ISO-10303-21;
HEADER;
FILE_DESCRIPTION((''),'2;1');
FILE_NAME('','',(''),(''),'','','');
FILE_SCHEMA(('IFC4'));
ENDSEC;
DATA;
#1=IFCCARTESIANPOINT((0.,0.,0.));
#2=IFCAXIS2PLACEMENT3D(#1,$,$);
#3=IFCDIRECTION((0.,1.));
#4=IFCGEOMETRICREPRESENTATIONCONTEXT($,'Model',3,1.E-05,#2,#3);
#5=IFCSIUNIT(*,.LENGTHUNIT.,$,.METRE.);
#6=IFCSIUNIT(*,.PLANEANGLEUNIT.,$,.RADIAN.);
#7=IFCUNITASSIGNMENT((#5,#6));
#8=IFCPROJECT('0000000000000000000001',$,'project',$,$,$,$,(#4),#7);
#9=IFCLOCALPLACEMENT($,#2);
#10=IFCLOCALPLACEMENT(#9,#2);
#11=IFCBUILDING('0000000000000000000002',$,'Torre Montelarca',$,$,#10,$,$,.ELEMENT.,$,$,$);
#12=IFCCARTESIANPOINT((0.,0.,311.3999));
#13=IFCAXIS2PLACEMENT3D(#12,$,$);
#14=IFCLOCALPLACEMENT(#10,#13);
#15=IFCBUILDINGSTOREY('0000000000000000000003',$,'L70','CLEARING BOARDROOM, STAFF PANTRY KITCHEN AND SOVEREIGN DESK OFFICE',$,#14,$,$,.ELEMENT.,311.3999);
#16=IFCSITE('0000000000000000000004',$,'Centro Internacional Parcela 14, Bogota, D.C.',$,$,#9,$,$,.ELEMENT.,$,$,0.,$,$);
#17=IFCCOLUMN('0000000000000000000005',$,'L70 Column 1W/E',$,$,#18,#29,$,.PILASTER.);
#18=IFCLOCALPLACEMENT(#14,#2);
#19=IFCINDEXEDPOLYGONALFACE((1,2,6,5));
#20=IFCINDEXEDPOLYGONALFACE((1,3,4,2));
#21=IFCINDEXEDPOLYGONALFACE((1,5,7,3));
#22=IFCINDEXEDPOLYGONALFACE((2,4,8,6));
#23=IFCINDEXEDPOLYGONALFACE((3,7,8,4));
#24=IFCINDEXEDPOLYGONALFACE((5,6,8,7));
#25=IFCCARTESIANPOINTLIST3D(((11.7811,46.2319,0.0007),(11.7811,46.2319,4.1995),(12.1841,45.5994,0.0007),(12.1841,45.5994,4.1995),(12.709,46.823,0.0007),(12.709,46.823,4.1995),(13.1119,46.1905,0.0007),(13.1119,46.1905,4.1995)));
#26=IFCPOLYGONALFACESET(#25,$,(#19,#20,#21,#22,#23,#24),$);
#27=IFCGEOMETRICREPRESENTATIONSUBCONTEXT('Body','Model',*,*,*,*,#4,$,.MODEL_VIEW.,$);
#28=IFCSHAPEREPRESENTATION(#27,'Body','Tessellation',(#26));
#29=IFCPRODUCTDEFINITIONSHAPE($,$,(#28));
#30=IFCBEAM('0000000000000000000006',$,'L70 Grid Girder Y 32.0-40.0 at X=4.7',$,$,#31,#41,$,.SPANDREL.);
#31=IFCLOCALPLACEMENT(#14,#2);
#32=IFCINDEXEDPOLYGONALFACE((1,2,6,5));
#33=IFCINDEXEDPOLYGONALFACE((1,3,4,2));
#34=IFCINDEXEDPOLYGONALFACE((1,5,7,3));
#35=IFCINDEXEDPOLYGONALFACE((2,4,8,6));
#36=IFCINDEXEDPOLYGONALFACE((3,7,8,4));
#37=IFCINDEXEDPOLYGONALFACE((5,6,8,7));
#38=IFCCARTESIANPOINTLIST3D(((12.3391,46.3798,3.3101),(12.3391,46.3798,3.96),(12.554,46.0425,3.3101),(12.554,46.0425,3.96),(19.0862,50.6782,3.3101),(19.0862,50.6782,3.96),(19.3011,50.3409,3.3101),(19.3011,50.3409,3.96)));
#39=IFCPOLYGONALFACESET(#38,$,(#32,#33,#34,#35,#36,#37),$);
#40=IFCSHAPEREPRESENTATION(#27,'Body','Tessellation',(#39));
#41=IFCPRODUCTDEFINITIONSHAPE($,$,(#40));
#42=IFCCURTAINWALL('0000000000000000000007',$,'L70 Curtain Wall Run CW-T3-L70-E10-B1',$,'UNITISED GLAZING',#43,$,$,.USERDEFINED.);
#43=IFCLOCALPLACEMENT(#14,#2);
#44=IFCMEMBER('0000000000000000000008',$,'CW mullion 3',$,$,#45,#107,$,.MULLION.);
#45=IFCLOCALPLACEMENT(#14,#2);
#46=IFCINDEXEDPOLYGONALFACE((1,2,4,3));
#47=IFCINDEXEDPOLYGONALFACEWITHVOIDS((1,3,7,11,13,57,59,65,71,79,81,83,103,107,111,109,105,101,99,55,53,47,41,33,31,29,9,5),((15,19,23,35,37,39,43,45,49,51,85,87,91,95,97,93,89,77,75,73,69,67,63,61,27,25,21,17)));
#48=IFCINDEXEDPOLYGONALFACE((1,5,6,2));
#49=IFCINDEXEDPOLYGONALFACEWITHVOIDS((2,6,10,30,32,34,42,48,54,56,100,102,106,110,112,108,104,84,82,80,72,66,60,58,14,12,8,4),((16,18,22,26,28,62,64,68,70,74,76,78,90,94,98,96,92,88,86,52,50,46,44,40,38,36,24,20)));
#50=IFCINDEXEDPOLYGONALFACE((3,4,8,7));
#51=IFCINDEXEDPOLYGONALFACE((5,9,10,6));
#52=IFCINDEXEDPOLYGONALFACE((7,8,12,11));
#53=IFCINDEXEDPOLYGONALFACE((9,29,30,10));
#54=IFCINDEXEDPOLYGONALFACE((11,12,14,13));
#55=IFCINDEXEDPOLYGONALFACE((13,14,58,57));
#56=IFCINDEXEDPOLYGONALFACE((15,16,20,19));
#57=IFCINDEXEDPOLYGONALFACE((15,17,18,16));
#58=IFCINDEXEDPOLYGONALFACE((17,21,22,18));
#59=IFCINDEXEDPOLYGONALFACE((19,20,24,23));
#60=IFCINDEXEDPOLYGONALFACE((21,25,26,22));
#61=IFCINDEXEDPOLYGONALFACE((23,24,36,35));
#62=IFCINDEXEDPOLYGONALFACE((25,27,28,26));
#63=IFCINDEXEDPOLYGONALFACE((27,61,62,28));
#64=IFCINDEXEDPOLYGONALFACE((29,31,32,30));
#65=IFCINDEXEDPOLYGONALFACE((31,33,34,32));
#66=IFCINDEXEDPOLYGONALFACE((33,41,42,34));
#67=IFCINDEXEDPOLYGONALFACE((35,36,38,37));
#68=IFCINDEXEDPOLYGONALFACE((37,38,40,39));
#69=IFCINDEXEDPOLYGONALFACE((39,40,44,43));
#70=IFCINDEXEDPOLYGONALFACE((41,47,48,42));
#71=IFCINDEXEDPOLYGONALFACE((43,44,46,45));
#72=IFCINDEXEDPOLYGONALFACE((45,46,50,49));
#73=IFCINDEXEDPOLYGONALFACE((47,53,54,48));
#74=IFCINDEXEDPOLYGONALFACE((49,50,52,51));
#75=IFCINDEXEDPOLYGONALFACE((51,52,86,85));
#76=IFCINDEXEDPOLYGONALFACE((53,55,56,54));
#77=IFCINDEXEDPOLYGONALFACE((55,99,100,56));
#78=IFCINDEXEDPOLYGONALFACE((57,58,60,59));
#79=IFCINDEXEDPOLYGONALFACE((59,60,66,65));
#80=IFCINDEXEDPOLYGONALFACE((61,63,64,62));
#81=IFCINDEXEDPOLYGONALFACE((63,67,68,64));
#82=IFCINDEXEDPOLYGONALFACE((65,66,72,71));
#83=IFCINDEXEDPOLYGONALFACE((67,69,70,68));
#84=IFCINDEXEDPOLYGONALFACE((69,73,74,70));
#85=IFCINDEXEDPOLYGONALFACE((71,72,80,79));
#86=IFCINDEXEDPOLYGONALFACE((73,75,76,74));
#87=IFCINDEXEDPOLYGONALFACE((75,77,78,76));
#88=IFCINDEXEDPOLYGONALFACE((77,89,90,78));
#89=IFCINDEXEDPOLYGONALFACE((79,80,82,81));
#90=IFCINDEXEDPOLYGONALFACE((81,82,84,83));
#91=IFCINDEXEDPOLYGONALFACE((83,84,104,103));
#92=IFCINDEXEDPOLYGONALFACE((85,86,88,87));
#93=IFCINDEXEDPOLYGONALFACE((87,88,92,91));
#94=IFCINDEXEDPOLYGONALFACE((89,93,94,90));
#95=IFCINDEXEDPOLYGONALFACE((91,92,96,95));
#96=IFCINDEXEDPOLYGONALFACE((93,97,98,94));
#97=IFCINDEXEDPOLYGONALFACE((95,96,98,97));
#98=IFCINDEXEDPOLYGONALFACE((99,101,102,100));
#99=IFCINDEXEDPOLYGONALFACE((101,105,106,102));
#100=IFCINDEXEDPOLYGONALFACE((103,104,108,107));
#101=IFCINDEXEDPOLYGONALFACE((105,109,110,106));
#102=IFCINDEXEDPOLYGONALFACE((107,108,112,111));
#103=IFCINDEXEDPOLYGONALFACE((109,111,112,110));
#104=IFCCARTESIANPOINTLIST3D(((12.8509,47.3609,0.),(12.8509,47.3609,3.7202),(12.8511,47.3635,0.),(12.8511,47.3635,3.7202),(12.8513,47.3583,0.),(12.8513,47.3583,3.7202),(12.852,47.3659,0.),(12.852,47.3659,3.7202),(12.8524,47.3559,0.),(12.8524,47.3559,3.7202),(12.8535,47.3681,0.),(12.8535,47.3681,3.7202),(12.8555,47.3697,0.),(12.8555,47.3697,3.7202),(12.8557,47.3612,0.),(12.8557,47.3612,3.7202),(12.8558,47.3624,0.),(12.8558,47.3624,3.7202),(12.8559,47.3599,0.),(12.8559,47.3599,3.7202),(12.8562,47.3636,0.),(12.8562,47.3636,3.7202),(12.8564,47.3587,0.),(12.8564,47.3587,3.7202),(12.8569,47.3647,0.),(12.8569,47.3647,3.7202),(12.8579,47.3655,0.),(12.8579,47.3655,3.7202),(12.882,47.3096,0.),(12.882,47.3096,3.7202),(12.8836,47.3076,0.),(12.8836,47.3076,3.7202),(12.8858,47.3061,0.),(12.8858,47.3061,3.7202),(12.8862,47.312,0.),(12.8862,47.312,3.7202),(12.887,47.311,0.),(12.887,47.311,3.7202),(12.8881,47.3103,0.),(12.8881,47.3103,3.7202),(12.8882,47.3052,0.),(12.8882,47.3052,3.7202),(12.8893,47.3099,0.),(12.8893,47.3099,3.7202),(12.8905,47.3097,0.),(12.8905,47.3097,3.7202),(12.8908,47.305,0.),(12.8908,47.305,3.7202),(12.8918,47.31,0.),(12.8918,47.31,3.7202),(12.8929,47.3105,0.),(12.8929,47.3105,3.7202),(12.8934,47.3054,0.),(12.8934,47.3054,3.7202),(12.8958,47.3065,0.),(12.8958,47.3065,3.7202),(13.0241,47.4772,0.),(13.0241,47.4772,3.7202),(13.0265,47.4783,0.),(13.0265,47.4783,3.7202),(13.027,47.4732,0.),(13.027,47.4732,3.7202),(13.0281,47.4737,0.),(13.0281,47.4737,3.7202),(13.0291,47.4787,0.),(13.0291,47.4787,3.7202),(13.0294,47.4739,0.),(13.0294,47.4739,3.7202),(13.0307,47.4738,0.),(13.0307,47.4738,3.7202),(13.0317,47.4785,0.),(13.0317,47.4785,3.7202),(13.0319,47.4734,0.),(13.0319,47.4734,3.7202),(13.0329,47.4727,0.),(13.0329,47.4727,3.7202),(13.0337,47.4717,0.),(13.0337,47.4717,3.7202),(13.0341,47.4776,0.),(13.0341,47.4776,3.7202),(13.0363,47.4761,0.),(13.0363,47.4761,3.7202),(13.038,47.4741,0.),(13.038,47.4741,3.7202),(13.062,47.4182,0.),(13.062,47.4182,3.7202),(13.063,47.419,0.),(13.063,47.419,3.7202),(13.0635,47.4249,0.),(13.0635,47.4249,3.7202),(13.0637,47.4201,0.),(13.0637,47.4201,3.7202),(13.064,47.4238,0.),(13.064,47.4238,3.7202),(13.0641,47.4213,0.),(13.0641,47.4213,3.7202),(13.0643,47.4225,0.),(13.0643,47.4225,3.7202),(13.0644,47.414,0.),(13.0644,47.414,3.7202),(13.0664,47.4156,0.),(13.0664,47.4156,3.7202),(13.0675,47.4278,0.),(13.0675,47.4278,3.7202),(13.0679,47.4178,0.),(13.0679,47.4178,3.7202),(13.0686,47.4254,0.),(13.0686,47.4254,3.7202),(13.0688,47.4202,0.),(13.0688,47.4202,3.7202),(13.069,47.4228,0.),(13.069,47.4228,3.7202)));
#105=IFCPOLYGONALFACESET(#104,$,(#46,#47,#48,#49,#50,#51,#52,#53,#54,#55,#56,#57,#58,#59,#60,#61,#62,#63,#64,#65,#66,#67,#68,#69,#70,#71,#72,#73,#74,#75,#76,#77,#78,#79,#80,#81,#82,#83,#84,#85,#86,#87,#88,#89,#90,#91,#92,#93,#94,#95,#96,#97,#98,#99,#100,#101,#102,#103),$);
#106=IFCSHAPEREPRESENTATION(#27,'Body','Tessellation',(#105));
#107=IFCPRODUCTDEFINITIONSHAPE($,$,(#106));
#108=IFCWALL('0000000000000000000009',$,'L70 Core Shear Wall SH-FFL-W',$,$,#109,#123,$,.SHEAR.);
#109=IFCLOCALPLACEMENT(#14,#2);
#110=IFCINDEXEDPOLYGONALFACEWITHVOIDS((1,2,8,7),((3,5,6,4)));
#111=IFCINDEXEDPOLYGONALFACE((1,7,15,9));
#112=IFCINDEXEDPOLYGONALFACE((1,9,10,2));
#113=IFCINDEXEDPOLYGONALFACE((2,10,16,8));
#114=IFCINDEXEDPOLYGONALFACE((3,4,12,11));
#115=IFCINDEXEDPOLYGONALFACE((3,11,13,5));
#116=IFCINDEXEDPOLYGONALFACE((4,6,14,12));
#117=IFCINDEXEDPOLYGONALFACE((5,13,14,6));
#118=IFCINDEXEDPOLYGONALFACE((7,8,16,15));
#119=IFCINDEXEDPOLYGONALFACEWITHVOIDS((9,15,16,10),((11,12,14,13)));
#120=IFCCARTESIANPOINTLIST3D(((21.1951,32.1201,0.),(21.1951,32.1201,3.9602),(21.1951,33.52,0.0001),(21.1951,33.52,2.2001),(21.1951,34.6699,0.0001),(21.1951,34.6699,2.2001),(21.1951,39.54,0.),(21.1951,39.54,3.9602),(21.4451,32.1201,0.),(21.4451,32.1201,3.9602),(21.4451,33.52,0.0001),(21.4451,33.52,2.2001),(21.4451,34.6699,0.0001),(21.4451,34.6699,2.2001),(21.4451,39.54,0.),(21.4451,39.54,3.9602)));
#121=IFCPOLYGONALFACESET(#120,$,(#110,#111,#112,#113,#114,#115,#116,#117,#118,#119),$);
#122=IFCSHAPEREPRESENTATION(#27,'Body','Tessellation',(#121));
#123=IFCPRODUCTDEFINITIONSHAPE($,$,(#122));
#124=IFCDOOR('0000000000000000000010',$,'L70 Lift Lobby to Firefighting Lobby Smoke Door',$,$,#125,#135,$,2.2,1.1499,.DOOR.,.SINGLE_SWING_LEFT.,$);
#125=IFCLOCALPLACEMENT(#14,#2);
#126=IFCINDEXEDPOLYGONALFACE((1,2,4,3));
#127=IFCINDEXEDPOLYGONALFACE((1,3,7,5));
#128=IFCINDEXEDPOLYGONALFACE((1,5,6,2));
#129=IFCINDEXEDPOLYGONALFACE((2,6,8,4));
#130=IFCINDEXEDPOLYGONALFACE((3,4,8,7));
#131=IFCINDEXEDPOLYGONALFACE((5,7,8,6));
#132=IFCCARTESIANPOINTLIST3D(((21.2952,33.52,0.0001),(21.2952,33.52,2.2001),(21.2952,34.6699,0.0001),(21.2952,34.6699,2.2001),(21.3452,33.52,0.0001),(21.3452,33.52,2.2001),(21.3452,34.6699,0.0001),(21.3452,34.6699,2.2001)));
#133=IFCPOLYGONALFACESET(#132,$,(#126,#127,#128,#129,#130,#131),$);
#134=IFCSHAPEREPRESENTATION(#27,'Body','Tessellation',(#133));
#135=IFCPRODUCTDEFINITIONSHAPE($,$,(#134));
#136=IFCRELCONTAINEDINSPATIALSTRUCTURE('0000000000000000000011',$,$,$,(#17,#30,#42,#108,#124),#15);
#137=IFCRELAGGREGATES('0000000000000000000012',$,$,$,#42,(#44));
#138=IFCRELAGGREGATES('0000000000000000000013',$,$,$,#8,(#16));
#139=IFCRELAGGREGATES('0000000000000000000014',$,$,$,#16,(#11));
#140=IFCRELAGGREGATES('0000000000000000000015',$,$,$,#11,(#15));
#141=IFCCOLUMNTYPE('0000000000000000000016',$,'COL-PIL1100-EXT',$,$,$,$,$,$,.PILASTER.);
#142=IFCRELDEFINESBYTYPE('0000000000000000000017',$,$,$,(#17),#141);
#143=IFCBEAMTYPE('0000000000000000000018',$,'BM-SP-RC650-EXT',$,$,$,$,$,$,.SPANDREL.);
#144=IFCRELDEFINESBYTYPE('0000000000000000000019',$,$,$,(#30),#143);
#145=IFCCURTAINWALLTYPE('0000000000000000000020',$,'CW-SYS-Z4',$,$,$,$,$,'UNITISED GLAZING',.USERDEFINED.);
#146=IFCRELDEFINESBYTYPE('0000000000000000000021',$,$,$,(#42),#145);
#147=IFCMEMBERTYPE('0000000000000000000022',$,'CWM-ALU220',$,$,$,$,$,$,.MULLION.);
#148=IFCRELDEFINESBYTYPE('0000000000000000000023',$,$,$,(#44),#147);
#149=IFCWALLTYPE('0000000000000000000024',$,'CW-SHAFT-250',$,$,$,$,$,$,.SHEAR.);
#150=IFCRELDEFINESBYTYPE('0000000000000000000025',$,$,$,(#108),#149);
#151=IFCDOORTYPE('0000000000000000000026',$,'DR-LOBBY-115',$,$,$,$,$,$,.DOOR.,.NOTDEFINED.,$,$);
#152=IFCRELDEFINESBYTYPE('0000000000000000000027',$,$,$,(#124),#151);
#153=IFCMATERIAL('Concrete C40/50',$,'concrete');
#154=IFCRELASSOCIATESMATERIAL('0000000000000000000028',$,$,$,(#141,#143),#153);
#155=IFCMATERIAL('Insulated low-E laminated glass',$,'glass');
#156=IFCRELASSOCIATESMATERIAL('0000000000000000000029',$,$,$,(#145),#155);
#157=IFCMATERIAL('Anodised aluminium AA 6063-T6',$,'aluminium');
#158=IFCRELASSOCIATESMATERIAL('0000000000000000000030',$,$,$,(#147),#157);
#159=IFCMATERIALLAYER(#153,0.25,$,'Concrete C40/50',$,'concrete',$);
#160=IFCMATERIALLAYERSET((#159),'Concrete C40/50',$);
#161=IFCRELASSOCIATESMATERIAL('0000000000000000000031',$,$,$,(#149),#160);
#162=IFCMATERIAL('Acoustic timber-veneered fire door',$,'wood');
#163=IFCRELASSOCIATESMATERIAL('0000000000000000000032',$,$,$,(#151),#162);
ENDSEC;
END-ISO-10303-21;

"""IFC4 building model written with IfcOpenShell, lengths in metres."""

from ifc_helpers import new_model, si_unit, direction, frame, frame_2d, origin, origin_2d, place, context, subcontext, project, spatial, rectangle, hollow_rectangle, extrude, source, transform, mapped, material, layer, layer_set, material_profile, profile_set, type_object, element, fill, aggregate, save


model = new_model("IFC4")

# Units and contexts
model_context = context("Model", 3, precision=1e-05, world=origin(), true_north=direction((0.0, 1.0)))
body_context = subcontext(model_context, "Body", "Model", "MODEL_VIEW")
ifc_project = project(units=[si_unit("LENGTHUNIT", "METRE"), si_unit("PLANEANGLEUNIT", "RADIAN")], contexts=[model_context])

# Site, building, storey
site_placement = place(None, origin())
site = spatial("IfcSite", under=ifc_project, at=site_placement, Name="Centro Internacional Parcela 14, Bogota, D.C.", CompositionType="ELEMENT", RefElevation=0.0)
building_placement = place(site_placement, origin())
building = spatial("IfcBuilding", under=site, at=building_placement, Name="Torre Montelarca", CompositionType="ELEMENT")
storey_placement = place(building_placement, frame((0.0, 0.0, 311.3999)))
storey = spatial("IfcBuildingStorey", under=building, at=storey_placement, Name="L70", Description="CLEARING BOARDROOM, STAFF PANTRY KITCHEN AND SOVEREIGN DESK OFFICE", CompositionType="ELEMENT", Elevation=311.3999)

# Column
ifc_material_1 = material(Name="Concrete C40/50", Category="concrete")
ifc_material_profile_1 = material_profile(ifc_material_1, rectangle(XDim=0.75, YDim=1.1001, at=origin_2d()), Name="RC1100X750", Category="concrete")
ifc_profile_set_1 = profile_set([ifc_material_profile_1], Name="Concrete C40/50")
column_type = type_object("IfcColumnType", Name="COL-PIL1100-EXT", PredefinedType="PILASTER", material=ifc_profile_set_1)
shared_shape_1 = source(origin(), body_context, "Body", "SweptSolid", [
    extrude(rectangle(XDim=0.75, YDim=1.1001, at=origin_2d()), origin(), (0.0, 0.0, 1.0), 4.1987),
])
column_placement = place(storey_placement, frame((12.4465, 46.2112, 0.0007), z_axis=(0.0, 0.0, 1.0), x_axis=(-0.5373, 0.843391, 0.0)))
element("IfcColumn", 1, at=column_placement, inside=storey, type_object=column_type, Name="L70 Column 1W/E", PredefinedType="PILASTER", context=body_context, shape_type="MappedRepresentation", body=[
    mapped(shared_shape_1, transform((0.0, 0.0, 0.0), scale=1.0)),
])

# Beam
ifc_material_profile_2 = material_profile(ifc_material_1, rectangle(XDim=0.3999, YDim=0.6499, at=origin_2d()), Name="RCB400X650", Category="concrete")
ifc_profile_set_2 = profile_set([ifc_material_profile_2], Name="Concrete C40/50")
beam_type = type_object("IfcBeamType", Name="BM-SP-RC650-EXT", PredefinedType="SPANDREL", material=ifc_profile_set_2)
shared_shape_2 = source(origin(), body_context, "Body", "SweptSolid", [
    extrude(rectangle(XDim=0.3999, YDim=0.6499, at=origin_2d()), origin(), (0.0, 0.0, 1.0), 8.0),
])
beam_placement = place(storey_placement, frame((12.4465, 46.2112, 3.635), z_axis=(0.843392, 0.537298, 0.0), x_axis=(-0.537298, 0.843392, 0.0)))
element("IfcBeam", 2, at=beam_placement, inside=storey, type_object=beam_type, Name="L70 Grid Girder Y 32.0-40.0 at X=4.7", PredefinedType="SPANDREL", context=body_context, shape_type="MappedRepresentation", body=[
    mapped(shared_shape_2, transform((0.0, 0.0, 0.0), scale=1.0)),
])

# Curtain wall, member
ifc_material_2 = material(Name="Insulated low-E laminated glass", Category="glass")
curtain_wall_type = type_object("IfcCurtainWallType", Name="CW-SYS-Z4", ElementType="UNITISED GLAZING", PredefinedType="USERDEFINED", material=ifc_material_2)
curtain_wall_placement = place(storey_placement, origin())
curtain_wall = element("IfcCurtainWall", 3, at=curtain_wall_placement, inside=storey, type_object=curtain_wall_type, Name="L70 Curtain Wall Run CW-T3-L70-E10-B1", ObjectType="UNITISED GLAZING", PredefinedType="USERDEFINED")
ifc_material_3 = material(Name="Anodised aluminium AA 6063-T6", Category="aluminium")
ifc_material_profile_3 = material_profile(ifc_material_3, hollow_rectangle(XDim=0.075, YDim=0.22, WallThickness=0.0049, InnerFilletRadius=0.0049, OuterFilletRadius=0.01, at=origin_2d()), Name="ALU75X220X5", Category="aluminium")
ifc_profile_set_3 = profile_set([ifc_material_profile_3], Name="Anodised aluminium AA 6063-T6")
member_type = type_object("IfcMemberType", Name="CWM-ALU220", PredefinedType="MULLION", material=ifc_profile_set_3)
shared_shape_3 = source(origin(), body_context, "Body", "SweptSolid", [
    extrude(hollow_rectangle(XDim=0.075, YDim=0.22, WallThickness=0.0049, InnerFilletRadius=0.0049, OuterFilletRadius=0.01, at=origin_2d()), origin(), (0.0, 0.0, 1.0), 3.7202),
])
member_placement = place(storey_placement, frame((12.96, 47.3918, 0.0), z_axis=(0.0, 0.0, 1.0), x_axis=(0.5373, -0.843391, 0.0)))
member = element("IfcMember", 4, at=member_placement, type_object=member_type, Name="CW mullion 3", PredefinedType="MULLION", context=body_context, shape_type="MappedRepresentation", body=[
    mapped(shared_shape_3, transform((0.0, 0.0, 0.0), scale=1.0)),
])
aggregate(curtain_wall, [member])

# Wall, opening, door
ifc_layer_1 = layer(ifc_material_1, 0.25, Name="Concrete C40/50", Category="concrete")
ifc_layer_set_1 = layer_set([ifc_layer_1], Name="Concrete C40/50")
wall_type_1 = type_object("IfcWallType", Name="CW-SHAFT-250", PredefinedType="SHEAR", material=ifc_layer_set_1)
wall_1_placement = place(storey_placement, frame((21.3201, 32.1201, 0.0), z_axis=(0.0, 0.0, 1.0), x_axis=(0.0, 1.0, 0.0)))
wall_1 = element("IfcWall", 5, at=wall_1_placement, inside=storey, type_object=wall_type_1, Name="L70 Core Shear Wall SH-FFL-W", PredefinedType="SHEAR", context=body_context, shape_type="SweptSolid", body=[
    extrude(rectangle(XDim=7.4199, YDim=0.25, at=frame_2d((3.71, 0.0))), origin(), (0.0, 0.0, 1.0), 3.9602),
])
opening_1_placement = place(wall_1_placement, frame((1.3999, 0.0, 0.0)))
opening_1 = element("IfcOpeningElement", 6, at=opening_1_placement, cuts=wall_1, PredefinedType="OPENING", context=body_context, shape_type="SweptSolid", body=[
    extrude(rectangle(XDim=1.1499, YDim=2.2, at=frame_2d((0.575, 1.1001))), frame((0.0, 0.135, 0.0), z_axis=(0.0, -1.0, 0.0), x_axis=(1.0, 0.0, 0.0)), (0.0, 0.0, 1.0), 0.27),
])
ifc_material_4 = material(Name="Acoustic timber-veneered fire door", Category="wood")
door_type_1 = type_object("IfcDoorType", Name="DR-LOBBY-115", OperationType="NOTDEFINED", PredefinedType="DOOR", material=ifc_material_4)
shared_shape_4 = source(origin(), body_context, "Body", "SweptSolid", [
    extrude(rectangle(XDim=1.1499, YDim=2.2, at=frame_2d((0.575, 1.1001))), frame((0.0, 0.0249, 0.0), z_axis=(0.0, -1.0, 0.0), x_axis=(1.0, 0.0, 0.0)), (0.0, 0.0, 1.0), 0.05),
])
door_1_placement = place(opening_1_placement, origin())
door_1 = element("IfcDoor", 7, at=door_1_placement, inside=storey, type_object=door_type_1, Name="L70 Lift Lobby to Firefighting Lobby Smoke Door", OperationType="SINGLE_SWING_LEFT", OverallHeight=2.2, OverallWidth=1.1499, PredefinedType="DOOR", context=body_context, shape_type="MappedRepresentation", body=[
    mapped(shared_shape_4, transform((0.0, 0.0, 0.0), scale=1.0)),
])
fill(opening_1, door_1)

save(model, "model.ifc")
